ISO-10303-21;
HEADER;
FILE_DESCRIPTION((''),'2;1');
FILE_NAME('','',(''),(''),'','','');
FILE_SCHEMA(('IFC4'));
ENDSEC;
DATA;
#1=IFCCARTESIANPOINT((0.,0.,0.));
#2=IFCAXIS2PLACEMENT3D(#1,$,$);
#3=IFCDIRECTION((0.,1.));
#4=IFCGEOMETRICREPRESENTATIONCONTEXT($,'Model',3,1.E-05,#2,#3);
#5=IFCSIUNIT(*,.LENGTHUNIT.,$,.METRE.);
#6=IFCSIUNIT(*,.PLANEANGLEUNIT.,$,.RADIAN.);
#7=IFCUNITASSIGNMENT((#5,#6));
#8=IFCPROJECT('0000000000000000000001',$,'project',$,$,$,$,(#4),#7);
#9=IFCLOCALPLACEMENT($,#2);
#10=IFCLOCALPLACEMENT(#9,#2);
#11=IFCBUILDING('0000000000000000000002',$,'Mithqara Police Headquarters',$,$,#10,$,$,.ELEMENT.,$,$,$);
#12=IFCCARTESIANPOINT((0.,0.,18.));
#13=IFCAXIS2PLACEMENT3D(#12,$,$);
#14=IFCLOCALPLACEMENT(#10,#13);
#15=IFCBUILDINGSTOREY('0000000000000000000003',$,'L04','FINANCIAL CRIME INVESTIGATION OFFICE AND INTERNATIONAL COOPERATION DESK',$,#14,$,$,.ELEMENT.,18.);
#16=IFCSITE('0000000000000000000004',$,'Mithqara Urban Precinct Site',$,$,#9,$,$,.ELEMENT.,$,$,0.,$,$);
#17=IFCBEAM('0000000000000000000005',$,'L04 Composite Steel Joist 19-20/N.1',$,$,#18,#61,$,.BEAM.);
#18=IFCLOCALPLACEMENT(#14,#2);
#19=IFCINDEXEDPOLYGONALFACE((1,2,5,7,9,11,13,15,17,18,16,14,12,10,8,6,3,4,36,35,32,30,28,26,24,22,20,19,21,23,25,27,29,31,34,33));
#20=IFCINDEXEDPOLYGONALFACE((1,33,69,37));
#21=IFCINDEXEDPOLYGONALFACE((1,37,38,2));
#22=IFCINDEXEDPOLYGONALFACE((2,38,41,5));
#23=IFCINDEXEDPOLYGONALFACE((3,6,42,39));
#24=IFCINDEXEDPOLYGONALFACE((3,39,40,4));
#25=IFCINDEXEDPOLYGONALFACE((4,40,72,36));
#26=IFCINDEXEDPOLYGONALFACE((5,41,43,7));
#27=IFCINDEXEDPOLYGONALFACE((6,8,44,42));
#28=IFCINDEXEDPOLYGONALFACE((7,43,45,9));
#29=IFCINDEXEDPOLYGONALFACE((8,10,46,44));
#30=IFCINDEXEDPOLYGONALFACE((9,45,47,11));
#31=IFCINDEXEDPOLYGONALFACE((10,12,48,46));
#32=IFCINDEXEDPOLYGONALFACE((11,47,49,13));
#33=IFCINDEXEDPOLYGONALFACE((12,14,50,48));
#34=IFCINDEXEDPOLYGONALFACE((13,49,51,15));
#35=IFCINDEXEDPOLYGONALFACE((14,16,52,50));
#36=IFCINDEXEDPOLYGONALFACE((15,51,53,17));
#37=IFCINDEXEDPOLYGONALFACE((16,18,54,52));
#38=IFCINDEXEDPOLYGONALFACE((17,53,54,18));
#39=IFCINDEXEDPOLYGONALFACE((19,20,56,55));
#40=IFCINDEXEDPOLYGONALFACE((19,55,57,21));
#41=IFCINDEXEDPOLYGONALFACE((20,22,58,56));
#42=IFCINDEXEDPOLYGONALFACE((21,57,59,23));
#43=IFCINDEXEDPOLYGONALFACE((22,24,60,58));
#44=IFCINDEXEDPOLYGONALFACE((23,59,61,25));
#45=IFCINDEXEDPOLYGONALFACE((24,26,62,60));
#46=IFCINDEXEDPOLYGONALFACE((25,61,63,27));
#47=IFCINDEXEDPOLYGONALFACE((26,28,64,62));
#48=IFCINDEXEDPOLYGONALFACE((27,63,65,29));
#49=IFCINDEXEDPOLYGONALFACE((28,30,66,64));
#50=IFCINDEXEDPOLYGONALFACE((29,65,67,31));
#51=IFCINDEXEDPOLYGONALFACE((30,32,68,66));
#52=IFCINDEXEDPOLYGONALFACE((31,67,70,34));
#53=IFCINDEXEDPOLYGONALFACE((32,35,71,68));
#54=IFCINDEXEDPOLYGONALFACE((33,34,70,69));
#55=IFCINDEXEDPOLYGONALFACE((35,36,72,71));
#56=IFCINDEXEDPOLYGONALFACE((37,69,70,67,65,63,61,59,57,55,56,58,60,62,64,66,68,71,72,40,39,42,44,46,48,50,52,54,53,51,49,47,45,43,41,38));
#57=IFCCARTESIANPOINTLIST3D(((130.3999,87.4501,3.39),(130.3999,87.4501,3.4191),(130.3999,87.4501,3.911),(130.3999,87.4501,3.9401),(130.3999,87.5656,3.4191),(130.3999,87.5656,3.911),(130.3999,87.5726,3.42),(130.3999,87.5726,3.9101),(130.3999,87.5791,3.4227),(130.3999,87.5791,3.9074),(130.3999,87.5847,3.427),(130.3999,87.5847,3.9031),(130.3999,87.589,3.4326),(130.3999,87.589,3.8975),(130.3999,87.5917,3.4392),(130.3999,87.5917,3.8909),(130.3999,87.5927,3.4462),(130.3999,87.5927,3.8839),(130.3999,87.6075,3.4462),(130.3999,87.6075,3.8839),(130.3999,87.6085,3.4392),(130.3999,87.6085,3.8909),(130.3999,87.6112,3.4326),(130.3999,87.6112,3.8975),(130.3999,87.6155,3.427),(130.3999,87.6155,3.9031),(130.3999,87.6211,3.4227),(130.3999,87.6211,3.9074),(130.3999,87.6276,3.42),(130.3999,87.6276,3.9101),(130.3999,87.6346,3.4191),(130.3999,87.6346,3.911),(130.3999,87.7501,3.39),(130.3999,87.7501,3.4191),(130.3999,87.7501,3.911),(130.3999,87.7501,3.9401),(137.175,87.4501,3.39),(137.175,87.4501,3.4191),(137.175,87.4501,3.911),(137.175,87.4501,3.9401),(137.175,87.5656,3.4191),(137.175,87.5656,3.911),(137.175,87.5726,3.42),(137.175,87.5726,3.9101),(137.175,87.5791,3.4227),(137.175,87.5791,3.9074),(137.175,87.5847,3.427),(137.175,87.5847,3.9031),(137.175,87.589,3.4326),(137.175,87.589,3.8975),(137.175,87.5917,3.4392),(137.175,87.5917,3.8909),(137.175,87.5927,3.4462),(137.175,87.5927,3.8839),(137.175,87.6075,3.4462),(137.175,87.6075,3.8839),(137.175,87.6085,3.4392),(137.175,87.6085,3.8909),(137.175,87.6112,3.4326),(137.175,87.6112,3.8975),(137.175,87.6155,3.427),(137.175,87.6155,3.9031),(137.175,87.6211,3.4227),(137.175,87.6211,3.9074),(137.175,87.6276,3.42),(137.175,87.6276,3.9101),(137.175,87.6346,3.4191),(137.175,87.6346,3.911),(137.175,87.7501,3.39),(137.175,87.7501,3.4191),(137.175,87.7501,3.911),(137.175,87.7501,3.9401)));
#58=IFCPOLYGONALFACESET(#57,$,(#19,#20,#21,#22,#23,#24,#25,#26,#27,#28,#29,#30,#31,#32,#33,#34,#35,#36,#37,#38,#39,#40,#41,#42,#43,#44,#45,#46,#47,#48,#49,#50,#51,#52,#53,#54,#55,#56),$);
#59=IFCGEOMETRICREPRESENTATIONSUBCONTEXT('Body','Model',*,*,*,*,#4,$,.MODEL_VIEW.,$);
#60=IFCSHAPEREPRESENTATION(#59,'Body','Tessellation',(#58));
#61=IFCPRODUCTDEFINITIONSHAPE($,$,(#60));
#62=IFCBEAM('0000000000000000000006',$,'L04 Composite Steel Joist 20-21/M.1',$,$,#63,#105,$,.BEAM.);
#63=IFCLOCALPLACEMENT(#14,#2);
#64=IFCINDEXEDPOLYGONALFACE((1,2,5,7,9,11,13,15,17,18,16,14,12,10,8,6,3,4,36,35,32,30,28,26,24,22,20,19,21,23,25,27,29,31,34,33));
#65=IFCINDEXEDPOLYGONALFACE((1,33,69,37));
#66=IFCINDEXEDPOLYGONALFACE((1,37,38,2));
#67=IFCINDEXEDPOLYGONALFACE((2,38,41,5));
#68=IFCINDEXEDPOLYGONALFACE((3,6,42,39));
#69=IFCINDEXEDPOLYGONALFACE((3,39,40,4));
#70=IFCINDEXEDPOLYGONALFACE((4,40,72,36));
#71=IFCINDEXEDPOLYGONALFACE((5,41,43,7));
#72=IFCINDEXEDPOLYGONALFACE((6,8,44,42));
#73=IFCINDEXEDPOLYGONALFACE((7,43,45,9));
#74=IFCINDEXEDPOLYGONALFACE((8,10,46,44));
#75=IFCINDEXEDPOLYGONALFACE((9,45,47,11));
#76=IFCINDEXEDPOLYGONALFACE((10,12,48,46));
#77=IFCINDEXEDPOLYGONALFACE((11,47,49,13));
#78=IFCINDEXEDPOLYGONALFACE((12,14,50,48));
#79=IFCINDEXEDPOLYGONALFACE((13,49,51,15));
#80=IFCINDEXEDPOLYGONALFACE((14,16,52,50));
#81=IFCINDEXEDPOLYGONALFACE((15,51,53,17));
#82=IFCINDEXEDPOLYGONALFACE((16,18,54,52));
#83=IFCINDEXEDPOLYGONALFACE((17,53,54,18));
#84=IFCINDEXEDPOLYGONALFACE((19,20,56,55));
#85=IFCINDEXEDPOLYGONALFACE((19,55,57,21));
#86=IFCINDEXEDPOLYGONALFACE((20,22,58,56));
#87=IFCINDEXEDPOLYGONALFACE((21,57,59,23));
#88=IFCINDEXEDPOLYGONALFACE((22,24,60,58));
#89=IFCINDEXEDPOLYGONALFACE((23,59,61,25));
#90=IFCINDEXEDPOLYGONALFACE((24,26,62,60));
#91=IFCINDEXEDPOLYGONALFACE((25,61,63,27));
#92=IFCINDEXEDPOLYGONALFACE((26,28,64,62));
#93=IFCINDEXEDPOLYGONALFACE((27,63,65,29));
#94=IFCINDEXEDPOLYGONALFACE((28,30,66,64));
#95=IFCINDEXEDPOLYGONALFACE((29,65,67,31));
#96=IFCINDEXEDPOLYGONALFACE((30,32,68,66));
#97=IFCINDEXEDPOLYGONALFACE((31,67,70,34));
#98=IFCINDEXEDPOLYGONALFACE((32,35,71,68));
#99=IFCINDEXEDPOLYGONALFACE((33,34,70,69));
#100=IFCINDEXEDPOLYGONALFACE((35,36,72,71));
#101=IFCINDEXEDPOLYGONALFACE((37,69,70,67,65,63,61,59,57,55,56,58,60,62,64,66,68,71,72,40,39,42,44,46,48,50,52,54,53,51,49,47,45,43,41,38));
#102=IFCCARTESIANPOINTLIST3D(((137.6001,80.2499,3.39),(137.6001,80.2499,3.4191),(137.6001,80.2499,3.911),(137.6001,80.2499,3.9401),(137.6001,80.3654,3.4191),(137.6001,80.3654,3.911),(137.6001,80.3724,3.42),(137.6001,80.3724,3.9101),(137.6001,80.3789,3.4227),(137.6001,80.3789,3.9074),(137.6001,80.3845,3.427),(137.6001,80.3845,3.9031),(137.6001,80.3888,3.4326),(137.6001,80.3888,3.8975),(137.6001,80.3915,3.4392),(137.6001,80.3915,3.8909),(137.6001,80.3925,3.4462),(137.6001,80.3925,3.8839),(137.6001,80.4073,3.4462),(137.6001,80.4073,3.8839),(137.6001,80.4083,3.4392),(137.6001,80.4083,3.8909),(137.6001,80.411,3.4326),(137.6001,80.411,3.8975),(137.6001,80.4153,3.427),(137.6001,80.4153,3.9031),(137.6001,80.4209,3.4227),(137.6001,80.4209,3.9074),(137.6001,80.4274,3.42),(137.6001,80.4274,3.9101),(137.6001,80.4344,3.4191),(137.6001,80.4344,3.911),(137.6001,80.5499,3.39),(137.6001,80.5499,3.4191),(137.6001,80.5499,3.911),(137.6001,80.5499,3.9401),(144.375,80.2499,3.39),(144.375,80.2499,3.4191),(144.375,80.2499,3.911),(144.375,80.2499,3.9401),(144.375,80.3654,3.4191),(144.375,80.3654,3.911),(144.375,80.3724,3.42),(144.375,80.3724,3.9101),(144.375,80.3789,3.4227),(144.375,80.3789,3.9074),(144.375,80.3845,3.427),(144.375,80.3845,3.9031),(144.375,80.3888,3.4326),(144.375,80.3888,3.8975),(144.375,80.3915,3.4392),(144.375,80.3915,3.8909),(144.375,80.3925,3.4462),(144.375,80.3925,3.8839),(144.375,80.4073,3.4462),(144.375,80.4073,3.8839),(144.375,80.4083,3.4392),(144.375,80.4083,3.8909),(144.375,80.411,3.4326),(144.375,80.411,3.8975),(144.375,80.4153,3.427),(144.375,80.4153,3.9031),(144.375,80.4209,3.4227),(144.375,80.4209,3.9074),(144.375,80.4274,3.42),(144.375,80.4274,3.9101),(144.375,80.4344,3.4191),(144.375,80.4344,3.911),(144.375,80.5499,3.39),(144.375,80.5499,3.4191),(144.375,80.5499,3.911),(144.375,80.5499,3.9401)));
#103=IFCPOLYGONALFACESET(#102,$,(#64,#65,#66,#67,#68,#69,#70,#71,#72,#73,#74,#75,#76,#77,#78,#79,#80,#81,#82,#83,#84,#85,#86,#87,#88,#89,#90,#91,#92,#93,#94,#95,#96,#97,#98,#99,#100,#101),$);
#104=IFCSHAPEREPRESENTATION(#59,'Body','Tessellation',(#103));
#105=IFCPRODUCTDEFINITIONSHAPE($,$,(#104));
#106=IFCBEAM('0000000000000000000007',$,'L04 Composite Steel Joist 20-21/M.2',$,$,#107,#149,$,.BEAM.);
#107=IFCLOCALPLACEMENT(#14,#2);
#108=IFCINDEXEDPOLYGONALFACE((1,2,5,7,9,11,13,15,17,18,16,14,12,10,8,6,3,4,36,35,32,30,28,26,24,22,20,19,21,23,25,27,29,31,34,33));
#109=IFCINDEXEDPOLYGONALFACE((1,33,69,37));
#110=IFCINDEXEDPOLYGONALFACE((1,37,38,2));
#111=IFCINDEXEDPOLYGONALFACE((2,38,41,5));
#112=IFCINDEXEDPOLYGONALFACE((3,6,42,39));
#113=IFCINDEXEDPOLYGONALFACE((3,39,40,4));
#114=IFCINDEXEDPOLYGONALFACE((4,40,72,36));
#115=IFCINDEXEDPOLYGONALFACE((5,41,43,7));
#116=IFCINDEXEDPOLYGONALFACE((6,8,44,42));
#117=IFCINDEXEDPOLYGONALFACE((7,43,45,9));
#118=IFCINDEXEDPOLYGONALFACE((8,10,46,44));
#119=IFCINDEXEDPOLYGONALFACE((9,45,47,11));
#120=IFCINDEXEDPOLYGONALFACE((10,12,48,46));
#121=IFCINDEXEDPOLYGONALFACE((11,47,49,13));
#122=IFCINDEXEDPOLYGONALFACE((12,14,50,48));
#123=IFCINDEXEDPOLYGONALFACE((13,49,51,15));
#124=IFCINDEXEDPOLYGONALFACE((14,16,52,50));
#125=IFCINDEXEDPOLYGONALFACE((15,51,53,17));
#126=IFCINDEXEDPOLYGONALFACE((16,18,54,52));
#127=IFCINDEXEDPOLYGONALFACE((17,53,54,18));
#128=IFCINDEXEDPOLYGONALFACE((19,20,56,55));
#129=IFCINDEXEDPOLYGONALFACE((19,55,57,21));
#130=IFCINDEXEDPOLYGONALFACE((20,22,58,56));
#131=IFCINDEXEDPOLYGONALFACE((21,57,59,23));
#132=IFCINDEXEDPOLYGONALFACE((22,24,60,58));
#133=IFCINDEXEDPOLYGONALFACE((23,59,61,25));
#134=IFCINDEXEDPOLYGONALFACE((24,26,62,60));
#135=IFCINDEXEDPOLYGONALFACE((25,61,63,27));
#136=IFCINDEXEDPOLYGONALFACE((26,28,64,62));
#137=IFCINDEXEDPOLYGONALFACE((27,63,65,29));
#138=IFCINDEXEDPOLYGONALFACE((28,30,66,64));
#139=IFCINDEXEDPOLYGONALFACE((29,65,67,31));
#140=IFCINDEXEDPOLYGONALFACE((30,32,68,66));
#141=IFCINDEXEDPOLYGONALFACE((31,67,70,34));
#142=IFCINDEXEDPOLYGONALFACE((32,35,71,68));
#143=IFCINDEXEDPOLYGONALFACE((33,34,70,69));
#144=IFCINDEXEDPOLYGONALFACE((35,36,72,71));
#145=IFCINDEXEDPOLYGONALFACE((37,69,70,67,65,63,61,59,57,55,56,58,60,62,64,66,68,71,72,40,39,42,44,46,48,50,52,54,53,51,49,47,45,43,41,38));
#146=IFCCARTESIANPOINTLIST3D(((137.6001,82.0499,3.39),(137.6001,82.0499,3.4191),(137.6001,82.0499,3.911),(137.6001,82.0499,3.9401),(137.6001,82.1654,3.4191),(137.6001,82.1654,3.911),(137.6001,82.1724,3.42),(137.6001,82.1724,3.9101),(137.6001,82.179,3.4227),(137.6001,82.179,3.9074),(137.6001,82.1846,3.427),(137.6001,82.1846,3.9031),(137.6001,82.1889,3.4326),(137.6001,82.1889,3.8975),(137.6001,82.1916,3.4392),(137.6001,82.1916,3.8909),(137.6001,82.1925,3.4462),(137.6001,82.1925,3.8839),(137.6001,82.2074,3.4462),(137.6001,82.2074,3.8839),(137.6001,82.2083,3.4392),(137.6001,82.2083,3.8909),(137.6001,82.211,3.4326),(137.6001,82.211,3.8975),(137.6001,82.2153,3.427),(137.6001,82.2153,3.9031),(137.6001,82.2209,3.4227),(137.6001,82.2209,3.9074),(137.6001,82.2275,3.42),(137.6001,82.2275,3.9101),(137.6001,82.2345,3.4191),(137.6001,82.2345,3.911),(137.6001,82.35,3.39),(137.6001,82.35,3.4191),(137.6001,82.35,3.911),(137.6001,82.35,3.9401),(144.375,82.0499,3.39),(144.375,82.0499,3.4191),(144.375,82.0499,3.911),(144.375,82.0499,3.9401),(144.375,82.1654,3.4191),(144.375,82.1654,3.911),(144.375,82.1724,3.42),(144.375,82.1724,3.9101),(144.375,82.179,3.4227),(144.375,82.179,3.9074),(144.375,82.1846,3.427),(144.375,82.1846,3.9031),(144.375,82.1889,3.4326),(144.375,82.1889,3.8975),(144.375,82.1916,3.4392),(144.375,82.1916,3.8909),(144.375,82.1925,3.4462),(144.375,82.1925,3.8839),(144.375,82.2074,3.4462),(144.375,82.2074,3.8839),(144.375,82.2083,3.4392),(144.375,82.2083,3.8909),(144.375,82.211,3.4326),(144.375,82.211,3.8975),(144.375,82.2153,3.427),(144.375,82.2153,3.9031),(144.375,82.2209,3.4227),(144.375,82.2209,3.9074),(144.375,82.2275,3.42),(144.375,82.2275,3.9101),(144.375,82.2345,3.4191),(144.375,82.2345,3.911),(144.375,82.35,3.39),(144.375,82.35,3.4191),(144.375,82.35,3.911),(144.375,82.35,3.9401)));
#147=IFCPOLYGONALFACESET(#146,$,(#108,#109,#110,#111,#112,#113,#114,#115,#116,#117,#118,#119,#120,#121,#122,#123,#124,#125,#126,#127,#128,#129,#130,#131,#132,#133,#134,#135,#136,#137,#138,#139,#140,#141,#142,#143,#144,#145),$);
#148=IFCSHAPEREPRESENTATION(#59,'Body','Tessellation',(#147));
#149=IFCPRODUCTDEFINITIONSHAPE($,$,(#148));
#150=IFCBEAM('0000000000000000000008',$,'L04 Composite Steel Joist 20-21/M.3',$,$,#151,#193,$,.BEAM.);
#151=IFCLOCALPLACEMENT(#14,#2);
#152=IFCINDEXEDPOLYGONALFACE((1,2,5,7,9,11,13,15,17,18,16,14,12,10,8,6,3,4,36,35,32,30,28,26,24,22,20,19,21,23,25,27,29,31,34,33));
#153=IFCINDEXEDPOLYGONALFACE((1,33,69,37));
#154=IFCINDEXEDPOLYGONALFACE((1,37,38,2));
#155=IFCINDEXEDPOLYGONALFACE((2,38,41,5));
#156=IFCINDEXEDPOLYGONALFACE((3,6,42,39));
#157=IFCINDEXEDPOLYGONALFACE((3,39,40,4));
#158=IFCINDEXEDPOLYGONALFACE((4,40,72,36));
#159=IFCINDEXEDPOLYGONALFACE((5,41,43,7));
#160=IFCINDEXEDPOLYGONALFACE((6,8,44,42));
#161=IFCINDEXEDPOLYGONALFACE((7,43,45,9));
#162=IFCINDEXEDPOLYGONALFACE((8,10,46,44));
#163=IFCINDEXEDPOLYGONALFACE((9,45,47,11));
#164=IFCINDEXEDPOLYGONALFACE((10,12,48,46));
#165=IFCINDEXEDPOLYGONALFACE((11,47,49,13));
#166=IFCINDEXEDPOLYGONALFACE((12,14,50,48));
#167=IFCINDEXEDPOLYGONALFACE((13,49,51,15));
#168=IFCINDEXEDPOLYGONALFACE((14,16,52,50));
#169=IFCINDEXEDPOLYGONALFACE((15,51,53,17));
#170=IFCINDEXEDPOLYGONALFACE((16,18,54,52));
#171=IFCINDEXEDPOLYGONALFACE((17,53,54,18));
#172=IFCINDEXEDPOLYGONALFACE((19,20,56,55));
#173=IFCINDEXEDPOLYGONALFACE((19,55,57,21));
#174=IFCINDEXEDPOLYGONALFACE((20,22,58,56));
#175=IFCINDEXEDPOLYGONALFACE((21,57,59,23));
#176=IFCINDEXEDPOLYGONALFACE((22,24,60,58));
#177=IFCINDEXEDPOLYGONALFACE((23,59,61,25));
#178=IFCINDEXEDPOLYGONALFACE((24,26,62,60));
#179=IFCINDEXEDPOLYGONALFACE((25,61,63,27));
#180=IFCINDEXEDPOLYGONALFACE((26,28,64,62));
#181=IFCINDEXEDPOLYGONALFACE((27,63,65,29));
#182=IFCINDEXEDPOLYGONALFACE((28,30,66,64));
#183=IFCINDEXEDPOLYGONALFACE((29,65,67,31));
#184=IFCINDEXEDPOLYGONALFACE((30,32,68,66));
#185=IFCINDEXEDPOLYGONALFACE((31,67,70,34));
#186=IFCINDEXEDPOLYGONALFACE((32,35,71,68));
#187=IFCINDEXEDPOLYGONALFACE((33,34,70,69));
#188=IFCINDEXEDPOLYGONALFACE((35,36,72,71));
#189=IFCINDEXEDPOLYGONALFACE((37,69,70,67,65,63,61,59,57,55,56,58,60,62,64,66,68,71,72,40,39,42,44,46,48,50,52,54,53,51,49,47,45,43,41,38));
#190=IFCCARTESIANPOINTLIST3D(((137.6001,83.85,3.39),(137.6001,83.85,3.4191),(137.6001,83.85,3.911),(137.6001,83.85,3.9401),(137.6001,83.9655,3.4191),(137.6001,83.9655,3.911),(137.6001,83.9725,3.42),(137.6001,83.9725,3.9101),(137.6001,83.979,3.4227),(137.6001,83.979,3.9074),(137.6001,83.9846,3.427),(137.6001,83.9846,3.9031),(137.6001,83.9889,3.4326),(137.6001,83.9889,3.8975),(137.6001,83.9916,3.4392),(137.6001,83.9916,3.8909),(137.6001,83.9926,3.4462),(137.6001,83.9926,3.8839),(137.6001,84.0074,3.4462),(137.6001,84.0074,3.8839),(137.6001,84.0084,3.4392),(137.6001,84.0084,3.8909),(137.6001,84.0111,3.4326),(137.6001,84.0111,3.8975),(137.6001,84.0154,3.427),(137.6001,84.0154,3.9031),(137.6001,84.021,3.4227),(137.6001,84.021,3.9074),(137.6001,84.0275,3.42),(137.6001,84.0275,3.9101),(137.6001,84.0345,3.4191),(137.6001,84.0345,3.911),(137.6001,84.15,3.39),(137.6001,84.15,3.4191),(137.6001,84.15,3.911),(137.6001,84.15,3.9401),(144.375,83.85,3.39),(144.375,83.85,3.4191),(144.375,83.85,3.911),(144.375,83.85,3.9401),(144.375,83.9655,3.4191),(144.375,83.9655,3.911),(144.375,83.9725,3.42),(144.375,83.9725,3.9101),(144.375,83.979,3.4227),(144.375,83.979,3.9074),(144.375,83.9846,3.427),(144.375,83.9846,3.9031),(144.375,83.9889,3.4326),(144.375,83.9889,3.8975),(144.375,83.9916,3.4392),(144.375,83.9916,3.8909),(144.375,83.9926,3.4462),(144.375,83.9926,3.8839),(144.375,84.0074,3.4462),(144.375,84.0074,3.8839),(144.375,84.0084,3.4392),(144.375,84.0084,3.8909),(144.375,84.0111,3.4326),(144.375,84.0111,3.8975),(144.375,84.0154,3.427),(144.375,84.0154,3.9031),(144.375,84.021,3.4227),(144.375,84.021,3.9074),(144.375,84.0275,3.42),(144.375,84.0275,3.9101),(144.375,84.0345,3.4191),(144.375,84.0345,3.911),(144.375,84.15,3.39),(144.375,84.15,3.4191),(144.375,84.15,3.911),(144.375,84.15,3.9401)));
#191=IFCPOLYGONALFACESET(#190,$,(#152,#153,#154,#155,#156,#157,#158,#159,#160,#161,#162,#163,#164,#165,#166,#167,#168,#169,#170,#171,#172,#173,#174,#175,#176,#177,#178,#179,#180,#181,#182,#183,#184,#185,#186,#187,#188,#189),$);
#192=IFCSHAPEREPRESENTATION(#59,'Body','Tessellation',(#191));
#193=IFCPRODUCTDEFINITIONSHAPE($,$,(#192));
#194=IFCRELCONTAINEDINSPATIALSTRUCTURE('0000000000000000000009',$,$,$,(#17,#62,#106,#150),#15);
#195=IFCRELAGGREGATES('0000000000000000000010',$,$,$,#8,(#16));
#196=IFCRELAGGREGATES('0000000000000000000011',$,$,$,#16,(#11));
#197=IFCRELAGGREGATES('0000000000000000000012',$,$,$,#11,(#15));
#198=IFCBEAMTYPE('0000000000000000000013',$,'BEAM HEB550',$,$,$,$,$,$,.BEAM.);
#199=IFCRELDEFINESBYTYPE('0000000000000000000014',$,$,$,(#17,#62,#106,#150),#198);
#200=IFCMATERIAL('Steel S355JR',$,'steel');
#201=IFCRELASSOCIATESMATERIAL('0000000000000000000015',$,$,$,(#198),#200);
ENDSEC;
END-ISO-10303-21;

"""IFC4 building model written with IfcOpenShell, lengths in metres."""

from ifc_helpers import new_model, si_unit, direction, frame, origin, origin_2d, place, context, subcontext, project, spatial, i_section, extrude, material, material_profile, profile_set, type_object, element, save


model = new_model("IFC4")

# Units and contexts
model_context = context("Model", 3, precision=1e-05, world=origin(), true_north=direction((0.0, 1.0)))
body_context = subcontext(model_context, "Body", "Model", "MODEL_VIEW")
ifc_project = project(units=[si_unit("LENGTHUNIT", "METRE"), si_unit("PLANEANGLEUNIT", "RADIAN")], contexts=[model_context])

# Site, building, storey
site_placement = place(None, origin())
site = spatial("IfcSite", under=ifc_project, at=site_placement, Name="Mithqara Urban Precinct Site", CompositionType="ELEMENT", RefElevation=0.0)
building_placement = place(site_placement, origin())
building = spatial("IfcBuilding", under=site, at=building_placement, Name="Mithqara Police Headquarters", CompositionType="ELEMENT")
storey_placement = place(building_placement, frame((0.0, 0.0, 18.0)))
storey = spatial("IfcBuildingStorey", under=building, at=storey_placement, Name="L04", Description="FINANCIAL CRIME INVESTIGATION OFFICE AND INTERNATIONAL COOPERATION DESK", CompositionType="ELEMENT", Elevation=18.0)

# Beams
ifc_material_1 = material(Name="Steel S355JR", Category="steel")
ifc_material_profile_1 = material_profile(ifc_material_1, i_section(OverallWidth=0.3, OverallDepth=0.55, WebThickness=0.0149, FlangeThickness=0.0291, FilletRadius=0.0271, at=origin_2d()), Name="HEB 550")
ifc_profile_set_1 = profile_set([ifc_material_profile_1], Name="Steel S355JR")
beam_type_1 = type_object("IfcBeamType", Name="BEAM HEB550", PredefinedType="BEAM", material=ifc_profile_set_1)
beam_1_placement = place(storey_placement, frame((130.3999, 87.6001, 3.665), z_axis=(1.0, 0.0, 0.0), x_axis=(0.0, 1.0, 0.0)))
element("IfcBeam", 1, at=beam_1_placement, inside=storey, type_object=beam_type_1, Name="L04 Composite Steel Joist 19-20/N.1", PredefinedType="BEAM", context=body_context, shape_type="SweptSolid", body=[
    extrude(i_section(OverallWidth=0.3, OverallDepth=0.55, WebThickness=0.0149, FlangeThickness=0.0291, FilletRadius=0.0271, at=origin_2d()), origin(), (0.0, 0.0, 1.0), 6.7751),
])
for number, where, z_axis, x_axis, name in (
    (2, (137.6001, 80.3999, 3.665), (1.0, 0.0, 0.0), (0.0, 1.0, 0.0), "L04 Composite Steel Joist 20-21/M.1"),
    (3, (137.6001, 82.2, 3.665), (1.0, 0.0, 0.0), (0.0, 1.0, 0.0), "L04 Composite Steel Joist 20-21/M.2"),
    (4, (137.6001, 84.0, 3.665), (1.0, 0.0, 0.0), (0.0, 1.0, 0.0), "L04 Composite Steel Joist 20-21/M.3"),
):
    element("IfcBeam", number, at=place(storey_placement, frame(where, z_axis=z_axis, x_axis=x_axis)), inside=storey, type_object=beam_type_1, Name=name, PredefinedType="BEAM", context=body_context, shape_type="SweptSolid", body=[
        extrude(i_section(OverallWidth=0.3, OverallDepth=0.55, WebThickness=0.0149, FlangeThickness=0.0291, FilletRadius=0.0271, at=origin_2d()), origin(), (0.0, 0.0, 1.0), 6.7749),
    ])

save(model, "model.ifc")
